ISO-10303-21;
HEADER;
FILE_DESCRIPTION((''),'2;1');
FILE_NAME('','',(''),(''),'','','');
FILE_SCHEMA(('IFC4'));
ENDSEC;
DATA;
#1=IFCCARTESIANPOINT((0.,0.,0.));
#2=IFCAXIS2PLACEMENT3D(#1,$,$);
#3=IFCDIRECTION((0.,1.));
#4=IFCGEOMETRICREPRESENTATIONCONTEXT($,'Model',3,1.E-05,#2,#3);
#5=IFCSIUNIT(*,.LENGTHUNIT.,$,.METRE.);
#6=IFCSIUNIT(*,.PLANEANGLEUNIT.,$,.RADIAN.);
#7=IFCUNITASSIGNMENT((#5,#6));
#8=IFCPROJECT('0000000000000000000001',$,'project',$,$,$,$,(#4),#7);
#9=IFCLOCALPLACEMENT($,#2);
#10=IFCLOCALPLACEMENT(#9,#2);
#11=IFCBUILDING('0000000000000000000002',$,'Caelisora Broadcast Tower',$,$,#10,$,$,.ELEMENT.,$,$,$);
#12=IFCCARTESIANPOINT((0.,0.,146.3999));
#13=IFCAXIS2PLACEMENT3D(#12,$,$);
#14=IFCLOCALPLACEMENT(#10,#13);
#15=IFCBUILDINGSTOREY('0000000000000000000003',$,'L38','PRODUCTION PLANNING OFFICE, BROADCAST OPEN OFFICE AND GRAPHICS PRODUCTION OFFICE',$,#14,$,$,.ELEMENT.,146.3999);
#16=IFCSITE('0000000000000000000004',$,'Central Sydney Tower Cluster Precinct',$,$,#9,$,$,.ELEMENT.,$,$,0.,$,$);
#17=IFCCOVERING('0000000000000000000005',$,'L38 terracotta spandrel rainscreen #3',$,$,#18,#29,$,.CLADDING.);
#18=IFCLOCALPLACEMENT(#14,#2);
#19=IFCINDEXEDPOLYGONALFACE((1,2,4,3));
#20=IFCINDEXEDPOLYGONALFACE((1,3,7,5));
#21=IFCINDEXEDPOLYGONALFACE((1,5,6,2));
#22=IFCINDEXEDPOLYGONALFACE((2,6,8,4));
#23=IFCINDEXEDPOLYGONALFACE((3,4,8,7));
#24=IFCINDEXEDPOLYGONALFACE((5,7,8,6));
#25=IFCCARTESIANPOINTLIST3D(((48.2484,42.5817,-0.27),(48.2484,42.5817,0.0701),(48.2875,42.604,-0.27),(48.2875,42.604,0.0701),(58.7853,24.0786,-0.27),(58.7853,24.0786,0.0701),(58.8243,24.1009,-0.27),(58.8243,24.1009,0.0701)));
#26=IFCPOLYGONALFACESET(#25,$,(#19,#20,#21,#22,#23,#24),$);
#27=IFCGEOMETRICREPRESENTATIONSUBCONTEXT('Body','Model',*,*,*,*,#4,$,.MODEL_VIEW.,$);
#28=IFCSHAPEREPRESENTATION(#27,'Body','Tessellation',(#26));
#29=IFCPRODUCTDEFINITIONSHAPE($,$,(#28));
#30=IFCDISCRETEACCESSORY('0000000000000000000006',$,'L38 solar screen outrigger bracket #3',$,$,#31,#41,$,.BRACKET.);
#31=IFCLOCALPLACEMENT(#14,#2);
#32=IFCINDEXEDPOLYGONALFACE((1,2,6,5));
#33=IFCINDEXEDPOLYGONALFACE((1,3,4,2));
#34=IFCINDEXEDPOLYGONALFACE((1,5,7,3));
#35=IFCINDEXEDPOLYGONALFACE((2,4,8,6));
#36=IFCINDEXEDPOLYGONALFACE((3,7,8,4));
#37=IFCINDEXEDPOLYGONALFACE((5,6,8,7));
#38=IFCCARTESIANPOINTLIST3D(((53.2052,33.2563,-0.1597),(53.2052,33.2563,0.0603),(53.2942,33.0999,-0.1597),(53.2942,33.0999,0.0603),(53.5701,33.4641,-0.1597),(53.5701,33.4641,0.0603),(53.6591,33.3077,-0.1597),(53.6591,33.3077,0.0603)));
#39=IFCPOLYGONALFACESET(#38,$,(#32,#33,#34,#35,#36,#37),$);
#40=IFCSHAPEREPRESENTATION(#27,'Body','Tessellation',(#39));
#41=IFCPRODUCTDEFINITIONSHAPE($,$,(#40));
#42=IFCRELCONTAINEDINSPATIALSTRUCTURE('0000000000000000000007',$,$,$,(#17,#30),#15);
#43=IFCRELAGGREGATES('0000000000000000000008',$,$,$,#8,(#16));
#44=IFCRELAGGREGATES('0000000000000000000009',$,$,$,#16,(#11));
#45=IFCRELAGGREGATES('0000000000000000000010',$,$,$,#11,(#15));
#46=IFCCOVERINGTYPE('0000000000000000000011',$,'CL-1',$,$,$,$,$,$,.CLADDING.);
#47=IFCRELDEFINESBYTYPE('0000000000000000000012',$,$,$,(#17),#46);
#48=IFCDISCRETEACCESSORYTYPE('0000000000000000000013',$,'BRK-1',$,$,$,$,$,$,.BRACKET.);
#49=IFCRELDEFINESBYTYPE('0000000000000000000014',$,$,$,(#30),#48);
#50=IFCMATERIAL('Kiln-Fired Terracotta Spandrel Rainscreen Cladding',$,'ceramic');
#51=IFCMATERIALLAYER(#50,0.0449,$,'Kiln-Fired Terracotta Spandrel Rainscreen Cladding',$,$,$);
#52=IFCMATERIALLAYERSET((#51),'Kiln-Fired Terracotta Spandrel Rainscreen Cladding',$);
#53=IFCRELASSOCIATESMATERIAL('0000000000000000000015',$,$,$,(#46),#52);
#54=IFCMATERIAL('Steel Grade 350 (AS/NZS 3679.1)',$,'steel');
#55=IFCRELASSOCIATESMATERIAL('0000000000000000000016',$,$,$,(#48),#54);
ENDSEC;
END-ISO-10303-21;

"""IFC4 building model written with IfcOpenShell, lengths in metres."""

from ifc_helpers import new_model, si_unit, direction, frame, origin, origin_2d, place, context, subcontext, project, spatial, rectangle, extrude, source, transform, mapped, material, layer, layer_set, type_object, type_shapes, element, save


model = new_model("IFC4")

# Units and contexts
model_context = context("Model", 3, precision=1e-05, world=origin(), true_north=direction((0.0, 1.0)))
body_context = subcontext(model_context, "Body", "Model", "MODEL_VIEW")
ifc_project = project(units=[si_unit("LENGTHUNIT", "METRE"), si_unit("PLANEANGLEUNIT", "RADIAN")], contexts=[model_context])

# Site, building, storey
site_placement = place(None, origin())
site = spatial("IfcSite", under=ifc_project, at=site_placement, Name="Central Sydney Tower Cluster Precinct", CompositionType="ELEMENT", RefElevation=0.0)
building_placement = place(site_placement, origin())
building = spatial("IfcBuilding", under=site, at=building_placement, Name="Caelisora Broadcast Tower", CompositionType="ELEMENT")
storey_placement = place(building_placement, frame((0.0, 0.0, 146.3999)))
storey = spatial("IfcBuildingStorey", under=building, at=storey_placement, Name="L38", Description="PRODUCTION PLANNING OFFICE, BROADCAST OPEN OFFICE AND GRAPHICS PRODUCTION OFFICE", CompositionType="ELEMENT", Elevation=146.3999)

# Shared definitions
ifc_material_1 = material(Name="Steel Grade 350 (AS/NZS 3679.1)", Category="steel")

# Covering
ifc_material_2 = material(Name="Kiln-Fired Terracotta Spandrel Rainscreen Cladding", Category="ceramic")
ifc_layer_1 = layer(ifc_material_2, 0.0449, Name="Kiln-Fired Terracotta Spandrel Rainscreen Cladding")
ifc_layer_set_1 = layer_set([ifc_layer_1], Name="Kiln-Fired Terracotta Spandrel Rainscreen Cladding")
covering_type = type_object("IfcCoveringType", Name="CL-1", PredefinedType="CLADDING", material=ifc_layer_set_1)
shared_shape_1 = source(origin(), body_context, "Body", "SweptSolid", [
    extrude(rectangle(XDim=21.293, YDim=0.0449, at=origin_2d()), origin(), (0.0, 0.0, 1.0), 0.3401),
])
type_shapes(covering_type, [shared_shape_1])
covering_placement = place(storey_placement, frame((53.5364, 33.3413, -0.27), z_axis=(0.0, 0.0, 1.0), x_axis=(-0.494852, 0.868977, 0.0)))
element("IfcCovering", 1, at=covering_placement, inside=storey, type_object=covering_type, Name="L38 terracotta spandrel rainscreen #3", PredefinedType="CLADDING", context=body_context, shape_type="MappedRepresentation", body=[
    mapped(shared_shape_1, transform((0.0, 0.0, 0.0), scale=1.0)),
])

# Discrete accessory
discrete_accessory_type = type_object("IfcDiscreteAccessoryType", Name="BRK-1", PredefinedType="BRACKET", material=ifc_material_1)
shared_shape_2 = source(origin(), body_context, "Body", "SweptSolid", [
    extrude(rectangle(XDim=0.1799, YDim=0.4199, at=origin_2d()), origin(), (0.0, 0.0, 1.0), 0.22),
])
type_shapes(discrete_accessory_type, [shared_shape_2])
discrete_accessory_placement = place(storey_placement, frame((53.4321, 33.282, -0.1597), z_axis=(0.0, 0.0, 1.0), x_axis=(-0.494852, 0.868977, 0.0)))
element("IfcDiscreteAccessory", 2, at=discrete_accessory_placement, inside=storey, type_object=discrete_accessory_type, Name="L38 solar screen outrigger bracket #3", PredefinedType="BRACKET", context=body_context, shape_type="MappedRepresentation", body=[
    mapped(shared_shape_2, transform((0.0, 0.0, 0.0), scale=1.0)),
])

save(model, "model.ifc")
